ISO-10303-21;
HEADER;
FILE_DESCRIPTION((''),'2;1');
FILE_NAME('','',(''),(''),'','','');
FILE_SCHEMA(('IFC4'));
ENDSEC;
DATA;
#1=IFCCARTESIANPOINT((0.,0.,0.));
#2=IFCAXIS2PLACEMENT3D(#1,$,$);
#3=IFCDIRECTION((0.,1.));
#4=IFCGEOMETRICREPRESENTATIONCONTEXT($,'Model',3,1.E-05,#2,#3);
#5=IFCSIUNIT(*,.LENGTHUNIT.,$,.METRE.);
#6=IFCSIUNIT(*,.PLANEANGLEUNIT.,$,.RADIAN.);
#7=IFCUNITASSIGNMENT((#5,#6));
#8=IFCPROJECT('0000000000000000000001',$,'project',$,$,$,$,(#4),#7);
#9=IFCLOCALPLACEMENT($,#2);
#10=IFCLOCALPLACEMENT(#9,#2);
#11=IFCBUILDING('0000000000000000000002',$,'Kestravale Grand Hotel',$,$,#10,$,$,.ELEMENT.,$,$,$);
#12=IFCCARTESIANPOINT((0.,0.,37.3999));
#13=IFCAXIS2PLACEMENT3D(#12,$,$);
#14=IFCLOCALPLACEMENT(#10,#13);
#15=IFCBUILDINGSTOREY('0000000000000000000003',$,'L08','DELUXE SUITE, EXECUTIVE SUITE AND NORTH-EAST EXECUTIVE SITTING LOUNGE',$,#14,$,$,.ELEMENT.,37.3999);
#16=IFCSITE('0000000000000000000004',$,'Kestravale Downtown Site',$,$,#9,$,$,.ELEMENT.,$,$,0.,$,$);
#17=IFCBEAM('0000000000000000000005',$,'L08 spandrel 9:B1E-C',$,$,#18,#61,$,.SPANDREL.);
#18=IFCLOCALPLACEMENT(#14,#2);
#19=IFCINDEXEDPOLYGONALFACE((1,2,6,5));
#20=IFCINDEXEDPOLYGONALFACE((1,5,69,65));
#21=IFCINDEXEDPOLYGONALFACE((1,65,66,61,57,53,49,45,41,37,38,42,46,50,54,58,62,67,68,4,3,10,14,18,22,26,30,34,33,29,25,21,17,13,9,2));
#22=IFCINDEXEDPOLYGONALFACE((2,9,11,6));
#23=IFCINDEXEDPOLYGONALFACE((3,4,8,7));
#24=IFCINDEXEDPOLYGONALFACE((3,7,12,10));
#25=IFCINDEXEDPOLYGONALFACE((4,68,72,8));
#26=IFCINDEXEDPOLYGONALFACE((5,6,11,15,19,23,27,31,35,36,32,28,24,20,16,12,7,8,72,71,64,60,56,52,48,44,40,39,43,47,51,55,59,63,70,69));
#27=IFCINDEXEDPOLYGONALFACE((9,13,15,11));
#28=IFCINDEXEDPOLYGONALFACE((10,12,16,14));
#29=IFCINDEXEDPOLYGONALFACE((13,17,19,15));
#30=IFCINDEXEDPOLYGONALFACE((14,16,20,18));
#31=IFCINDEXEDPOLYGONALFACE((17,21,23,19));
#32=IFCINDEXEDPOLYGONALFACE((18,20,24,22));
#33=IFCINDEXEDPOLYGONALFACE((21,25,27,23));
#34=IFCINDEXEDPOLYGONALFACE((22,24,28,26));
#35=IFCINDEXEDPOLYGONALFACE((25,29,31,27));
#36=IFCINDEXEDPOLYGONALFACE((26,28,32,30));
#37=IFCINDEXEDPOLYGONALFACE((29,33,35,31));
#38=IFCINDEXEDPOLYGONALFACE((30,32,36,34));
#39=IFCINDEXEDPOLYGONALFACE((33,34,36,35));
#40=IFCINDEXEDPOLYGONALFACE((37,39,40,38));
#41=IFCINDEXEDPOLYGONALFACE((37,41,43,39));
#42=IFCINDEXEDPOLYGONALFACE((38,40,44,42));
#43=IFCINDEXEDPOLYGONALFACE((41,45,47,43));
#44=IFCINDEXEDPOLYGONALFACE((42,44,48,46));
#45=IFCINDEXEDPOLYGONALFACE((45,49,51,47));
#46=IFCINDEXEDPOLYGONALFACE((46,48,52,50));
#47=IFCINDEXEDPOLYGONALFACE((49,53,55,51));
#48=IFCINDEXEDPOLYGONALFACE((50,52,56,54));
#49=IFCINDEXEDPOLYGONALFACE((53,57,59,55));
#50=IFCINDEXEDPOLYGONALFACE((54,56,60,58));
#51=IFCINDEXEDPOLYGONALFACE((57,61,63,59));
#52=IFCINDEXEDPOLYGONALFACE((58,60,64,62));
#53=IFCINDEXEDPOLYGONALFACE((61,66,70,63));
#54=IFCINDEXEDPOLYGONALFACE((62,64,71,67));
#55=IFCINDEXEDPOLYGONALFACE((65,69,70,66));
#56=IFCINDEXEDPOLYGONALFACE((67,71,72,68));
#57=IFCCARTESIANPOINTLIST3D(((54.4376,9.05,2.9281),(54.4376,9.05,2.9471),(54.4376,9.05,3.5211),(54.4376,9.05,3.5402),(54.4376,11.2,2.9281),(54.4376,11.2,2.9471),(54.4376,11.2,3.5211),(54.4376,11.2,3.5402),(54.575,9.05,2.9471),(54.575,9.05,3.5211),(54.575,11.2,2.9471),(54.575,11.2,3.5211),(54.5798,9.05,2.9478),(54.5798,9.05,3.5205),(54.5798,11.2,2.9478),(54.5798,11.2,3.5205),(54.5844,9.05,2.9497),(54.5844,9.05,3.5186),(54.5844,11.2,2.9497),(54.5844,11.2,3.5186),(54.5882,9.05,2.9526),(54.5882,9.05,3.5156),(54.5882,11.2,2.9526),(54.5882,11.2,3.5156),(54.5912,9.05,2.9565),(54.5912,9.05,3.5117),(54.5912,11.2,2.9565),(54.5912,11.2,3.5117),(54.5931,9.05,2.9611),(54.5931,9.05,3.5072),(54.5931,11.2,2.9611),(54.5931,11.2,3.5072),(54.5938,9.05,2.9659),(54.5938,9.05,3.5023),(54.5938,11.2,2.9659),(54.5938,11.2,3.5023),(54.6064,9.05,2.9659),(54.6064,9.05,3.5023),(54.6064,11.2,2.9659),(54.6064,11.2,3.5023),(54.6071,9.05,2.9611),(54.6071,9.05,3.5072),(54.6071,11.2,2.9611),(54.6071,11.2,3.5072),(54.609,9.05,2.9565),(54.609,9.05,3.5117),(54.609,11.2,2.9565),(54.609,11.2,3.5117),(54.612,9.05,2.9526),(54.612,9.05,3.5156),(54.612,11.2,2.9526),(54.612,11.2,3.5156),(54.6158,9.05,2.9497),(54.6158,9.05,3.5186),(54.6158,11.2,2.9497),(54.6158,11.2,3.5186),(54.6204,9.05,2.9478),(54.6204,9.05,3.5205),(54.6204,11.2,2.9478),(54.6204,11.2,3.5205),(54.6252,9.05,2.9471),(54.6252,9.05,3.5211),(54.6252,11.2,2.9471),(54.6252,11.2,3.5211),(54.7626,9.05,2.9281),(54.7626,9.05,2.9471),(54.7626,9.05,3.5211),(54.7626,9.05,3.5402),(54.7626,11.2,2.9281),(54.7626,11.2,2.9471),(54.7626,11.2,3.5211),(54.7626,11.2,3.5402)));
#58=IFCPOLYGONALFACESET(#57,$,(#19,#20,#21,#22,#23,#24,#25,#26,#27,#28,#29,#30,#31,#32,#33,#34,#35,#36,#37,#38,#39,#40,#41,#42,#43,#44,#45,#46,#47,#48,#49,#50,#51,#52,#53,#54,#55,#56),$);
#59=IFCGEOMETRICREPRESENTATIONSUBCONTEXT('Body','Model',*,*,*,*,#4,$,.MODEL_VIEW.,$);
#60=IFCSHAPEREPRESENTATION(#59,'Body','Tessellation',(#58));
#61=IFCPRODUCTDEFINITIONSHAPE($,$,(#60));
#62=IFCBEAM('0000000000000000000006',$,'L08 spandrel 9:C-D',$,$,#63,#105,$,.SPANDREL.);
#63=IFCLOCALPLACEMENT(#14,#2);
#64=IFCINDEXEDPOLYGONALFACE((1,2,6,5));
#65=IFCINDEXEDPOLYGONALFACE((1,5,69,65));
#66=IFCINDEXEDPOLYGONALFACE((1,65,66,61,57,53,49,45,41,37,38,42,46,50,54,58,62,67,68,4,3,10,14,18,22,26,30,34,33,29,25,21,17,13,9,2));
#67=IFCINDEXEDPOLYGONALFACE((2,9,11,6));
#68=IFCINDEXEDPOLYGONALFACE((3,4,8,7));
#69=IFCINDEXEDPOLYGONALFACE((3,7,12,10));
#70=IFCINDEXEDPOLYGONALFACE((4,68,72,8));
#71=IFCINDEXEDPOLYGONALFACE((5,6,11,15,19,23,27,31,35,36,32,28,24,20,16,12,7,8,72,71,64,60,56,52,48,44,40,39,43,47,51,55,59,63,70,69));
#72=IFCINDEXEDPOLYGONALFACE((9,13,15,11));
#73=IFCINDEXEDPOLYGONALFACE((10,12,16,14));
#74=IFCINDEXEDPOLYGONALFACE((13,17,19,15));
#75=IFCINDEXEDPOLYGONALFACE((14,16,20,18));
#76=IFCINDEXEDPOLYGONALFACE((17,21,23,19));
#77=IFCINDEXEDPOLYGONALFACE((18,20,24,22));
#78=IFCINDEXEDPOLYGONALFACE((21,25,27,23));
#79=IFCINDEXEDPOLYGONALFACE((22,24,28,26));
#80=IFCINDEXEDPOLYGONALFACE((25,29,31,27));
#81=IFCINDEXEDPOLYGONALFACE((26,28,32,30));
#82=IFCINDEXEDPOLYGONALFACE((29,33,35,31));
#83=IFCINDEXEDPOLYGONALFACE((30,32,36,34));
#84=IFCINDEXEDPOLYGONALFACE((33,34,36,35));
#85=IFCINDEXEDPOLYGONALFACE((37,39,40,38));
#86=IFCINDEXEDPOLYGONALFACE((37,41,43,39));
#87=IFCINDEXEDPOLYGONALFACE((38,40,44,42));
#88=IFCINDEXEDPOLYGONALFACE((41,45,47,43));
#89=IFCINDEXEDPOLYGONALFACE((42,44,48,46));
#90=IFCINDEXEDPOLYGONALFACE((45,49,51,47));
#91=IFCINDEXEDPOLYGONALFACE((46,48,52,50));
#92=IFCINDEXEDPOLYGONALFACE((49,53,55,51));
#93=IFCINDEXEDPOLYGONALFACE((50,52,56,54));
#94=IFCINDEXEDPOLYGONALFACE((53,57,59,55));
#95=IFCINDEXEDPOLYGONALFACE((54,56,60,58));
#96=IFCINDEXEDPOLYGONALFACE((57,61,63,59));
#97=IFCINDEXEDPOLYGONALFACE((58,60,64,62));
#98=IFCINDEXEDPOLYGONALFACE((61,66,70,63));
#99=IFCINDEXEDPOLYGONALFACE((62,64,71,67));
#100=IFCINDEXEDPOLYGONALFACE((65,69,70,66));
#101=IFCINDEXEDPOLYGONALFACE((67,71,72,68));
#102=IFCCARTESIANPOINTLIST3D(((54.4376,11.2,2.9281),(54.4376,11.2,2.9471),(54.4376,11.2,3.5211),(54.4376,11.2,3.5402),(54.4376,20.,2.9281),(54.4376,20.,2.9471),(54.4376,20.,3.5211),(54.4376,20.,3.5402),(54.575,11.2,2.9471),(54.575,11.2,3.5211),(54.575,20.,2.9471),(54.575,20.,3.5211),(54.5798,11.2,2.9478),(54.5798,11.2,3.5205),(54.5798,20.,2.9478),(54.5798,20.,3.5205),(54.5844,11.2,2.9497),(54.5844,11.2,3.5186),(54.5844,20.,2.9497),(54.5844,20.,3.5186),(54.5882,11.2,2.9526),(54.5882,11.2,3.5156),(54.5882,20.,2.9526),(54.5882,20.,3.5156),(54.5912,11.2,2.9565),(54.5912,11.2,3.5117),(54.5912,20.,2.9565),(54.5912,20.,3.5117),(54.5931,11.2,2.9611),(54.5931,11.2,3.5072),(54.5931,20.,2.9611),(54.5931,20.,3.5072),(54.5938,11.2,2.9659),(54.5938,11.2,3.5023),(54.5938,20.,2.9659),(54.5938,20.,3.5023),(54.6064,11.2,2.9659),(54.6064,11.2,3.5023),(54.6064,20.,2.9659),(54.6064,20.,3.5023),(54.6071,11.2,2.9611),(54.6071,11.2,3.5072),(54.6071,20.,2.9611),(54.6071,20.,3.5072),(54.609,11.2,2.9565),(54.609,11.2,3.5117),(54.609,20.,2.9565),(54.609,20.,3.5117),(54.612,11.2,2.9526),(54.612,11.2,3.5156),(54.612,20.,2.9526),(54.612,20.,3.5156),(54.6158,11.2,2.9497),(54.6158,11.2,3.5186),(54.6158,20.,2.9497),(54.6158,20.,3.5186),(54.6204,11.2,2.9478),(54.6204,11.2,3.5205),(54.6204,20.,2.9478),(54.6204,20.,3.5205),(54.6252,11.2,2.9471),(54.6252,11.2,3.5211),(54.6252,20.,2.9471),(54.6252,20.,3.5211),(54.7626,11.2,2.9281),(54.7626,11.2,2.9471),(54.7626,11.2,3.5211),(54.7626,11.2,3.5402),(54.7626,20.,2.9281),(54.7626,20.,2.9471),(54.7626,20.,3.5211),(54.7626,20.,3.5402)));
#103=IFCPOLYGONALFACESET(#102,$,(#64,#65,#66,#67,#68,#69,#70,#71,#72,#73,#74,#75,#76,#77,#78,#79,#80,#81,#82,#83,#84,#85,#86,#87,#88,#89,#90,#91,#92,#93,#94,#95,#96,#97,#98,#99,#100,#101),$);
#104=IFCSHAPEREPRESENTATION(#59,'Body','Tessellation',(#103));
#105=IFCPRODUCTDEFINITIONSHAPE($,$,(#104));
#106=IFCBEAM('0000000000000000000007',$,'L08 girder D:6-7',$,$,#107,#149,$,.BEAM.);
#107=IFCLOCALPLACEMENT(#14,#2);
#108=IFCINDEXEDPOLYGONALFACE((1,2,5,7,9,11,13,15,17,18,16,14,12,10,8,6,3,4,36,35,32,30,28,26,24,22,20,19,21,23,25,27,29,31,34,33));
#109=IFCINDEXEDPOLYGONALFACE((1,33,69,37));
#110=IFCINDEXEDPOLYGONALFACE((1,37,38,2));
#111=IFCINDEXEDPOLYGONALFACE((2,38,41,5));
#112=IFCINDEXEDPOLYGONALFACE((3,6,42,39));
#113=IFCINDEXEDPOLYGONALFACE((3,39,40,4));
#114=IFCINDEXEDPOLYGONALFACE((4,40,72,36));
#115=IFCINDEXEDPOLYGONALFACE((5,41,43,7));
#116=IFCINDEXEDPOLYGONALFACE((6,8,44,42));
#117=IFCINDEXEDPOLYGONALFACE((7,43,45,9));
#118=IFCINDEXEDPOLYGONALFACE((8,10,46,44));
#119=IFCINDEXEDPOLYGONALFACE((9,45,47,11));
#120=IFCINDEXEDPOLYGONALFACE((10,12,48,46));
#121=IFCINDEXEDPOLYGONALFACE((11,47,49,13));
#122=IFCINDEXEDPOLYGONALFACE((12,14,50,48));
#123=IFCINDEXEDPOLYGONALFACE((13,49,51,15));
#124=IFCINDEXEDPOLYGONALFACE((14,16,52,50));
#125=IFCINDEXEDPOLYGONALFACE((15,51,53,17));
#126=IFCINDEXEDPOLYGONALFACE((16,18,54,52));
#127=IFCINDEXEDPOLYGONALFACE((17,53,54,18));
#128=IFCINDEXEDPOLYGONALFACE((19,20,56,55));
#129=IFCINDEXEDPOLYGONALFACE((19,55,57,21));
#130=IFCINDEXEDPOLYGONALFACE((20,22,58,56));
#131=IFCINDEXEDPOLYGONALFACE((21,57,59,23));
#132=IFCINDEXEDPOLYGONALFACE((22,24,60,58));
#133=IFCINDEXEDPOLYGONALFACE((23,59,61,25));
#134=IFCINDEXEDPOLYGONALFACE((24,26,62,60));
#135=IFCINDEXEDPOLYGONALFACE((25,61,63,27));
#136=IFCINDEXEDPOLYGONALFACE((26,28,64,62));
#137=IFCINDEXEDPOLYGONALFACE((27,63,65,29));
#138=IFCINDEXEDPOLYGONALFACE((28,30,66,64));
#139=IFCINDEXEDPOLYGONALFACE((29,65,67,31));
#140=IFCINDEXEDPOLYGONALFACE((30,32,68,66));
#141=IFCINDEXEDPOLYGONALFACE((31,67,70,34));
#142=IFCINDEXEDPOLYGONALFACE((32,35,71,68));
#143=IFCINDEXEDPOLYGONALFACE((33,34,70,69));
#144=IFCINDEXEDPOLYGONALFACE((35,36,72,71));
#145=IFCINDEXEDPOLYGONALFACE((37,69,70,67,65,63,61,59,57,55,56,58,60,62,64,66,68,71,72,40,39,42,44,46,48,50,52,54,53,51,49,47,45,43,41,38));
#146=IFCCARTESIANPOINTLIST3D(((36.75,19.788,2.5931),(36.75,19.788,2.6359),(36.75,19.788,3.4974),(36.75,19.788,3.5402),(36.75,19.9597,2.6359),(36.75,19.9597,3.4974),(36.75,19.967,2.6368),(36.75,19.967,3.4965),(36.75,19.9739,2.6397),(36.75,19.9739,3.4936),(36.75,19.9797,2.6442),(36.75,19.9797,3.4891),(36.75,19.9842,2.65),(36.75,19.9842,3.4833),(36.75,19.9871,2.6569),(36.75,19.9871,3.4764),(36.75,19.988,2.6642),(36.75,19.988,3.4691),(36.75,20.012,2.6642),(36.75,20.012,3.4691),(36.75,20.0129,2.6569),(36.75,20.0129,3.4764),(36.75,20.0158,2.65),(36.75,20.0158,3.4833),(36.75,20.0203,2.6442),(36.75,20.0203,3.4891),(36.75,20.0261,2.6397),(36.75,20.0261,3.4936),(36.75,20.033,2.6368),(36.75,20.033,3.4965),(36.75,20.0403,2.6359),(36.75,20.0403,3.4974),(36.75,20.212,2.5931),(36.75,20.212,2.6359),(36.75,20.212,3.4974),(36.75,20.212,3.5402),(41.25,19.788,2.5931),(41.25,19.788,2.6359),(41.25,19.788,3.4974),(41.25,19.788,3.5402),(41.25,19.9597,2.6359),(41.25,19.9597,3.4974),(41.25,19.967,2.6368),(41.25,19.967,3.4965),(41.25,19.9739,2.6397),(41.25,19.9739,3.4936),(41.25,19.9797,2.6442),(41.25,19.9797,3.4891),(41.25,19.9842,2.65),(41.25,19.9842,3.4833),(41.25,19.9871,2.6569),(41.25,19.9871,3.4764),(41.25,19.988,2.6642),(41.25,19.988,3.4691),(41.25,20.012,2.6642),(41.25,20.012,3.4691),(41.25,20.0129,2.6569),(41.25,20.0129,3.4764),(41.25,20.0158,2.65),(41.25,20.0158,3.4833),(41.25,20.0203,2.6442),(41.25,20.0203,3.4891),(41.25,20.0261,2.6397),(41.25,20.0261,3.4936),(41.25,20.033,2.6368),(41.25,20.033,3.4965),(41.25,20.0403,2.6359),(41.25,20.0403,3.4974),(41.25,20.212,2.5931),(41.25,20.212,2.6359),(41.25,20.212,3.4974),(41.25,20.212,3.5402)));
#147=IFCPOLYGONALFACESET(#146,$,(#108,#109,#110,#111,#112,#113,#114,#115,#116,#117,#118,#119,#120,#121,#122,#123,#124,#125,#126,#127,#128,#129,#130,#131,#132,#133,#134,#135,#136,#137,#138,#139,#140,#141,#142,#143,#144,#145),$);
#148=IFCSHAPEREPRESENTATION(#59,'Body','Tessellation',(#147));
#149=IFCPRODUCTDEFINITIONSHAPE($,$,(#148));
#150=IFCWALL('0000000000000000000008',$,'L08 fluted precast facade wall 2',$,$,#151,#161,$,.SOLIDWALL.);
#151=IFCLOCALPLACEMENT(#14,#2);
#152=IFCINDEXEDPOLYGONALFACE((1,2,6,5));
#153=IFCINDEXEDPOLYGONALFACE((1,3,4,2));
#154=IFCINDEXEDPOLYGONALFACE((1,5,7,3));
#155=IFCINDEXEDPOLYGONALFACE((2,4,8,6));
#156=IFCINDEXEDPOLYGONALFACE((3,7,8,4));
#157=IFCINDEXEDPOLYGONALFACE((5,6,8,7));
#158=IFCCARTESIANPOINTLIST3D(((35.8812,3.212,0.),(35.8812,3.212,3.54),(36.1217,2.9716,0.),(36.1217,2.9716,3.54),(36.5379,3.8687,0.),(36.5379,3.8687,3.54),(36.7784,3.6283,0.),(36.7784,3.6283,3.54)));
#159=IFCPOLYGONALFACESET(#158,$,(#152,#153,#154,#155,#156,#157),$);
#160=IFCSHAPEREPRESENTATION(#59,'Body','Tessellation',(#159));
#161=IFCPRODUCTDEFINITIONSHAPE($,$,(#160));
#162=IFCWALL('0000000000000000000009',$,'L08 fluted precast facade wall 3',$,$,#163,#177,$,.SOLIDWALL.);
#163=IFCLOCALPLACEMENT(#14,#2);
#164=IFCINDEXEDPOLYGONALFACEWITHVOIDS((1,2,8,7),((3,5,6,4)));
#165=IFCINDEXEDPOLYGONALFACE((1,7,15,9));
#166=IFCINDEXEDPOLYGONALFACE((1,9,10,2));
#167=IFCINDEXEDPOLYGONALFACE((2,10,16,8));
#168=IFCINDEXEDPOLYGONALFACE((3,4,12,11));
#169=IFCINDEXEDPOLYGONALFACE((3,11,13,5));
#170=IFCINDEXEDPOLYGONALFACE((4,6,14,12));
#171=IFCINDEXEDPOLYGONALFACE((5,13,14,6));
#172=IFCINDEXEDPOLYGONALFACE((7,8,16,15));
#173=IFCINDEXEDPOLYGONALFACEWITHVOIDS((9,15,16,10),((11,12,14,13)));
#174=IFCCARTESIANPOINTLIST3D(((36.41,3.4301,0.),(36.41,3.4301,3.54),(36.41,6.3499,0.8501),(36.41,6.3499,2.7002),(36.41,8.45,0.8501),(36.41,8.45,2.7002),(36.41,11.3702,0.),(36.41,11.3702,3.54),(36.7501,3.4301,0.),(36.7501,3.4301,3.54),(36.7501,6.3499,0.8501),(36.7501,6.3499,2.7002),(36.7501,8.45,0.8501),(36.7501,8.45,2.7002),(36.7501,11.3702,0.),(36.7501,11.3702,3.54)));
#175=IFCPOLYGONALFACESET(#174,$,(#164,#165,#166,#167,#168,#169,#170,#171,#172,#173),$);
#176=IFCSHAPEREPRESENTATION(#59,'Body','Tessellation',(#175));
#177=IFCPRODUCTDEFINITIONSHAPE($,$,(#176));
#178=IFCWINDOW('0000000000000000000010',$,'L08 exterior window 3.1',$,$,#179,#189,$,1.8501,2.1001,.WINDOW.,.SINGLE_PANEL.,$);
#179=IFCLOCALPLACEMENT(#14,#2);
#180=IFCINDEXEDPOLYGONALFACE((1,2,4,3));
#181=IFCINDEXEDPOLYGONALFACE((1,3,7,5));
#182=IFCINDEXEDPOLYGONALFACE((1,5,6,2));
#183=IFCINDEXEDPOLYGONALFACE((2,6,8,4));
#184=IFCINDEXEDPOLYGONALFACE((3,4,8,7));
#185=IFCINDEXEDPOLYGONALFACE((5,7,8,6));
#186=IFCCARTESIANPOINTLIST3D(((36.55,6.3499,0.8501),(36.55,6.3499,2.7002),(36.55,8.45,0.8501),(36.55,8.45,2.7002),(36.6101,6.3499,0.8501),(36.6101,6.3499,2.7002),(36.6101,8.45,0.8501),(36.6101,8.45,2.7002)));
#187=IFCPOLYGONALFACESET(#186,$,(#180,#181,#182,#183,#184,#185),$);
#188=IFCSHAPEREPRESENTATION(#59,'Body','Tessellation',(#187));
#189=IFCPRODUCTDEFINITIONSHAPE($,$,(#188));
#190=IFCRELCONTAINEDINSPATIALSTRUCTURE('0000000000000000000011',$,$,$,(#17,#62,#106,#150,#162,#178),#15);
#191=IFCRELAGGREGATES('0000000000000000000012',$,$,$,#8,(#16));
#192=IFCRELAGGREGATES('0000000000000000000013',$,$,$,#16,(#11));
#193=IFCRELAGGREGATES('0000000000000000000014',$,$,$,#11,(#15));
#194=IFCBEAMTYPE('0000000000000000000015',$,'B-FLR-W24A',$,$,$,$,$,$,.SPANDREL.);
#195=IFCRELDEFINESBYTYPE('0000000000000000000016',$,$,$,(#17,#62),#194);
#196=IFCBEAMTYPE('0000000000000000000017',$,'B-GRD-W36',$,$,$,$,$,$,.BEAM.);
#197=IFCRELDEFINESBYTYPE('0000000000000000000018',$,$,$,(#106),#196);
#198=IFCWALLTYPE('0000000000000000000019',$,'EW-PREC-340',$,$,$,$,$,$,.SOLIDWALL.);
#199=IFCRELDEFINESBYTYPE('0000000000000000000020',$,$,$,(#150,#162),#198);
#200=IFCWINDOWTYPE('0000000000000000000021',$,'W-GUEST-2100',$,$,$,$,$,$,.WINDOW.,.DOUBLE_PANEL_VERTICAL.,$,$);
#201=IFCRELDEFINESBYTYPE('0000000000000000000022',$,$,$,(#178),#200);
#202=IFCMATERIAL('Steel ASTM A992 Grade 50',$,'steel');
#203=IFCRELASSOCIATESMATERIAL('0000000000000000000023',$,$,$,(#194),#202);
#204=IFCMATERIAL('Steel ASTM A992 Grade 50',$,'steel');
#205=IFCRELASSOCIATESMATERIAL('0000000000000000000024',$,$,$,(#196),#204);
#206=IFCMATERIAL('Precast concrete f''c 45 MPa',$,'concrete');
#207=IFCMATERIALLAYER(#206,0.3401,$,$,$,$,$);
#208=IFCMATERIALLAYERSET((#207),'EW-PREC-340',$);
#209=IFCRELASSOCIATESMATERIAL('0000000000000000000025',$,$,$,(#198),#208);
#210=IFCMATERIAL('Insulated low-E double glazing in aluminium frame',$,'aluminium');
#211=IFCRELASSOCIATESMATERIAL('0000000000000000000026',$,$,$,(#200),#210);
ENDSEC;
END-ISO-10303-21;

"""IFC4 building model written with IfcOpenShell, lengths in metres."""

from ifc_helpers import new_model, si_unit, direction, frame, frame_2d, origin, origin_2d, place, context, subcontext, project, spatial, rectangle, i_section, extrude, material, layer, layer_set, material_profile, profile_set, type_object, element, fill, save


model = new_model("IFC4")

# Units and contexts
model_context = context("Model", 3, precision=1e-05, world=origin(), true_north=direction((0.0, 1.0)))
body_context = subcontext(model_context, "Body", "Model", "MODEL_VIEW")
ifc_project = project(units=[si_unit("LENGTHUNIT", "METRE"), si_unit("PLANEANGLEUNIT", "RADIAN")], contexts=[model_context])

# Site, building, storey
site_placement = place(None, origin())
site = spatial("IfcSite", under=ifc_project, at=site_placement, Name="Kestravale Downtown Site", CompositionType="ELEMENT", RefElevation=0.0)
building_placement = place(site_placement, origin())
building = spatial("IfcBuilding", under=site, at=building_placement, Name="Kestravale Grand Hotel", CompositionType="ELEMENT")
storey_placement = place(building_placement, frame((0.0, 0.0, 37.3999)))
storey = spatial("IfcBuildingStorey", under=building, at=storey_placement, Name="L08", Description="DELUXE SUITE, EXECUTIVE SUITE AND NORTH-EAST EXECUTIVE SITTING LOUNGE", CompositionType="ELEMENT", Elevation=37.3999)

# Beams
ifc_material_1 = material(Name="Steel ASTM A992 Grade 50", Category="steel")
ifc_material_profile_1 = material_profile(ifc_material_1, i_section(OverallWidth=0.325, OverallDepth=0.6121, WebThickness=0.0127, FlangeThickness=0.019, FilletRadius=0.0188, at=origin_2d()))
ifc_profile_set_1 = profile_set([ifc_material_profile_1], Name="Steel ASTM A992 Grade 50")
beam_type_1 = type_object("IfcBeamType", Name="B-FLR-W24A", PredefinedType="SPANDREL", material=ifc_profile_set_1)
beam_1_placement = place(storey_placement, frame((54.6001, 9.05, 3.2341), z_axis=(0.0, 1.0, 0.0), x_axis=(-1.0, 0.0, 0.0)))
element("IfcBeam", 1, at=beam_1_placement, inside=storey, type_object=beam_type_1, Name="L08 spandrel 9:B1E-C", PredefinedType="SPANDREL", context=body_context, shape_type="SweptSolid", body=[
    extrude(i_section(OverallWidth=0.325, OverallDepth=0.6121, WebThickness=0.0127, FlangeThickness=0.019, FilletRadius=0.0188, at=origin_2d()), origin(), (0.0, 0.0, 1.0), 2.1499),
])
beam_2_placement = place(storey_placement, frame((54.6001, 11.2, 3.2341), z_axis=(0.0, 1.0, 0.0), x_axis=(-1.0, 0.0, 0.0)))
element("IfcBeam", 2, at=beam_2_placement, inside=storey, type_object=beam_type_1, Name="L08 spandrel 9:C-D", PredefinedType="SPANDREL", context=body_context, shape_type="SweptSolid", body=[
    extrude(i_section(OverallWidth=0.325, OverallDepth=0.6121, WebThickness=0.0127, FlangeThickness=0.019, FilletRadius=0.0188, at=origin_2d()), origin(), (0.0, 0.0, 1.0), 8.8),
])
ifc_material_2 = material(Name="Steel ASTM A992 Grade 50", Category="steel")
ifc_material_profile_2 = material_profile(ifc_material_2, i_section(OverallWidth=0.4241, OverallDepth=0.947, WebThickness=0.0239, FlangeThickness=0.0427, FilletRadius=0.0283, at=origin_2d()))
ifc_profile_set_2 = profile_set([ifc_material_profile_2], Name="Steel ASTM A992 Grade 50")
beam_type_2 = type_object("IfcBeamType", Name="B-GRD-W36", PredefinedType="BEAM", material=ifc_profile_set_2)
beam_3_placement = place(storey_placement, frame((36.75, 20.0, 3.0667), z_axis=(1.0, 0.0, 0.0), x_axis=(0.0, 1.0, 0.0)))
element("IfcBeam", 3, at=beam_3_placement, inside=storey, type_object=beam_type_2, Name="L08 girder D:6-7", PredefinedType="BEAM", context=body_context, shape_type="SweptSolid", body=[
    extrude(i_section(OverallWidth=0.4241, OverallDepth=0.947, WebThickness=0.0239, FlangeThickness=0.0427, FilletRadius=0.0283, at=origin_2d()), origin(), (0.0, 0.0, 1.0), 4.5),
])

# Wall
ifc_material_3 = material(Name="Precast concrete f'c 45 MPa", Category="concrete")
ifc_layer_1 = layer(ifc_material_3, 0.3401)
ifc_layer_set_1 = layer_set([ifc_layer_1], Name="EW-PREC-340")
wall_type_1 = type_object("IfcWallType", Name="EW-PREC-340", PredefinedType="SOLIDWALL", material=ifc_layer_set_1)
wall_1_placement = place(storey_placement, frame((36.0015, 3.0918, 0.0), z_axis=(0.0, 0.0, 1.0), x_axis=(0.707107, 0.707107, 0.0)))
element("IfcWall", 4, at=wall_1_placement, inside=storey, type_object=wall_type_1, Name="L08 fluted precast facade wall 2", PredefinedType="SOLIDWALL", context=body_context, shape_type="SweptSolid", body=[
    extrude(rectangle(XDim=0.9287, YDim=0.3401, at=frame_2d((0.4644, 0.0))), origin(), (0.0, 0.0, 1.0), 3.54),
])

# Wall, opening, window
wall_2_placement = place(storey_placement, frame((36.5801, 3.4299, 0.0), z_axis=(0.0, 0.0, 1.0), x_axis=(0.0, 1.0, 0.0)))
wall_2 = element("IfcWall", 5, at=wall_2_placement, inside=storey, type_object=wall_type_1, Name="L08 fluted precast facade wall 3", PredefinedType="SOLIDWALL", context=body_context, shape_type="SweptSolid", body=[
    extrude(rectangle(XDim=7.9402, YDim=0.3401, at=frame_2d((3.9702, 0.0))), origin(), (0.0, 0.0, 1.0), 3.54),
])
opening_1_placement = place(wall_2_placement, frame((2.9199, 0.0, 0.8501)))
opening_1 = element("IfcOpeningElement", 6, at=opening_1_placement, cuts=wall_2, PredefinedType="OPENING", context=body_context, shape_type="SweptSolid", body=[
    extrude(rectangle(XDim=2.1001, YDim=1.8501, at=frame_2d((1.05, 0.925))), frame((0.0, 0.1799, 0.0), z_axis=(0.0, -1.0, 0.0), x_axis=(1.0, 0.0, 0.0)), (0.0, 0.0, 1.0), 0.3601),
])
ifc_material_4 = material(Name="Insulated low-E double glazing in aluminium frame", Category="aluminium")
window_type = type_object("IfcWindowType", Name="W-GUEST-2100", PartitioningType="DOUBLE_PANEL_VERTICAL", PredefinedType="WINDOW", material=ifc_material_4)
window_1_placement = place(opening_1_placement, origin())
window_1 = element("IfcWindow", 7, at=window_1_placement, inside=storey, type_object=window_type, Name="L08 exterior window 3.1", OverallHeight=1.8501, OverallWidth=2.1001, PartitioningType="SINGLE_PANEL", PredefinedType="WINDOW", context=body_context, shape_type="SweptSolid", body=[
    extrude(rectangle(XDim=2.1001, YDim=1.8501, at=frame_2d((1.05, 0.925))), frame((0.0, 0.03, 0.0), z_axis=(0.0, -1.0, 0.0), x_axis=(1.0, 0.0, 0.0)), (0.0, 0.0, 1.0), 0.0601),
])
fill(opening_1, window_1)

save(model, "model.ifc")
